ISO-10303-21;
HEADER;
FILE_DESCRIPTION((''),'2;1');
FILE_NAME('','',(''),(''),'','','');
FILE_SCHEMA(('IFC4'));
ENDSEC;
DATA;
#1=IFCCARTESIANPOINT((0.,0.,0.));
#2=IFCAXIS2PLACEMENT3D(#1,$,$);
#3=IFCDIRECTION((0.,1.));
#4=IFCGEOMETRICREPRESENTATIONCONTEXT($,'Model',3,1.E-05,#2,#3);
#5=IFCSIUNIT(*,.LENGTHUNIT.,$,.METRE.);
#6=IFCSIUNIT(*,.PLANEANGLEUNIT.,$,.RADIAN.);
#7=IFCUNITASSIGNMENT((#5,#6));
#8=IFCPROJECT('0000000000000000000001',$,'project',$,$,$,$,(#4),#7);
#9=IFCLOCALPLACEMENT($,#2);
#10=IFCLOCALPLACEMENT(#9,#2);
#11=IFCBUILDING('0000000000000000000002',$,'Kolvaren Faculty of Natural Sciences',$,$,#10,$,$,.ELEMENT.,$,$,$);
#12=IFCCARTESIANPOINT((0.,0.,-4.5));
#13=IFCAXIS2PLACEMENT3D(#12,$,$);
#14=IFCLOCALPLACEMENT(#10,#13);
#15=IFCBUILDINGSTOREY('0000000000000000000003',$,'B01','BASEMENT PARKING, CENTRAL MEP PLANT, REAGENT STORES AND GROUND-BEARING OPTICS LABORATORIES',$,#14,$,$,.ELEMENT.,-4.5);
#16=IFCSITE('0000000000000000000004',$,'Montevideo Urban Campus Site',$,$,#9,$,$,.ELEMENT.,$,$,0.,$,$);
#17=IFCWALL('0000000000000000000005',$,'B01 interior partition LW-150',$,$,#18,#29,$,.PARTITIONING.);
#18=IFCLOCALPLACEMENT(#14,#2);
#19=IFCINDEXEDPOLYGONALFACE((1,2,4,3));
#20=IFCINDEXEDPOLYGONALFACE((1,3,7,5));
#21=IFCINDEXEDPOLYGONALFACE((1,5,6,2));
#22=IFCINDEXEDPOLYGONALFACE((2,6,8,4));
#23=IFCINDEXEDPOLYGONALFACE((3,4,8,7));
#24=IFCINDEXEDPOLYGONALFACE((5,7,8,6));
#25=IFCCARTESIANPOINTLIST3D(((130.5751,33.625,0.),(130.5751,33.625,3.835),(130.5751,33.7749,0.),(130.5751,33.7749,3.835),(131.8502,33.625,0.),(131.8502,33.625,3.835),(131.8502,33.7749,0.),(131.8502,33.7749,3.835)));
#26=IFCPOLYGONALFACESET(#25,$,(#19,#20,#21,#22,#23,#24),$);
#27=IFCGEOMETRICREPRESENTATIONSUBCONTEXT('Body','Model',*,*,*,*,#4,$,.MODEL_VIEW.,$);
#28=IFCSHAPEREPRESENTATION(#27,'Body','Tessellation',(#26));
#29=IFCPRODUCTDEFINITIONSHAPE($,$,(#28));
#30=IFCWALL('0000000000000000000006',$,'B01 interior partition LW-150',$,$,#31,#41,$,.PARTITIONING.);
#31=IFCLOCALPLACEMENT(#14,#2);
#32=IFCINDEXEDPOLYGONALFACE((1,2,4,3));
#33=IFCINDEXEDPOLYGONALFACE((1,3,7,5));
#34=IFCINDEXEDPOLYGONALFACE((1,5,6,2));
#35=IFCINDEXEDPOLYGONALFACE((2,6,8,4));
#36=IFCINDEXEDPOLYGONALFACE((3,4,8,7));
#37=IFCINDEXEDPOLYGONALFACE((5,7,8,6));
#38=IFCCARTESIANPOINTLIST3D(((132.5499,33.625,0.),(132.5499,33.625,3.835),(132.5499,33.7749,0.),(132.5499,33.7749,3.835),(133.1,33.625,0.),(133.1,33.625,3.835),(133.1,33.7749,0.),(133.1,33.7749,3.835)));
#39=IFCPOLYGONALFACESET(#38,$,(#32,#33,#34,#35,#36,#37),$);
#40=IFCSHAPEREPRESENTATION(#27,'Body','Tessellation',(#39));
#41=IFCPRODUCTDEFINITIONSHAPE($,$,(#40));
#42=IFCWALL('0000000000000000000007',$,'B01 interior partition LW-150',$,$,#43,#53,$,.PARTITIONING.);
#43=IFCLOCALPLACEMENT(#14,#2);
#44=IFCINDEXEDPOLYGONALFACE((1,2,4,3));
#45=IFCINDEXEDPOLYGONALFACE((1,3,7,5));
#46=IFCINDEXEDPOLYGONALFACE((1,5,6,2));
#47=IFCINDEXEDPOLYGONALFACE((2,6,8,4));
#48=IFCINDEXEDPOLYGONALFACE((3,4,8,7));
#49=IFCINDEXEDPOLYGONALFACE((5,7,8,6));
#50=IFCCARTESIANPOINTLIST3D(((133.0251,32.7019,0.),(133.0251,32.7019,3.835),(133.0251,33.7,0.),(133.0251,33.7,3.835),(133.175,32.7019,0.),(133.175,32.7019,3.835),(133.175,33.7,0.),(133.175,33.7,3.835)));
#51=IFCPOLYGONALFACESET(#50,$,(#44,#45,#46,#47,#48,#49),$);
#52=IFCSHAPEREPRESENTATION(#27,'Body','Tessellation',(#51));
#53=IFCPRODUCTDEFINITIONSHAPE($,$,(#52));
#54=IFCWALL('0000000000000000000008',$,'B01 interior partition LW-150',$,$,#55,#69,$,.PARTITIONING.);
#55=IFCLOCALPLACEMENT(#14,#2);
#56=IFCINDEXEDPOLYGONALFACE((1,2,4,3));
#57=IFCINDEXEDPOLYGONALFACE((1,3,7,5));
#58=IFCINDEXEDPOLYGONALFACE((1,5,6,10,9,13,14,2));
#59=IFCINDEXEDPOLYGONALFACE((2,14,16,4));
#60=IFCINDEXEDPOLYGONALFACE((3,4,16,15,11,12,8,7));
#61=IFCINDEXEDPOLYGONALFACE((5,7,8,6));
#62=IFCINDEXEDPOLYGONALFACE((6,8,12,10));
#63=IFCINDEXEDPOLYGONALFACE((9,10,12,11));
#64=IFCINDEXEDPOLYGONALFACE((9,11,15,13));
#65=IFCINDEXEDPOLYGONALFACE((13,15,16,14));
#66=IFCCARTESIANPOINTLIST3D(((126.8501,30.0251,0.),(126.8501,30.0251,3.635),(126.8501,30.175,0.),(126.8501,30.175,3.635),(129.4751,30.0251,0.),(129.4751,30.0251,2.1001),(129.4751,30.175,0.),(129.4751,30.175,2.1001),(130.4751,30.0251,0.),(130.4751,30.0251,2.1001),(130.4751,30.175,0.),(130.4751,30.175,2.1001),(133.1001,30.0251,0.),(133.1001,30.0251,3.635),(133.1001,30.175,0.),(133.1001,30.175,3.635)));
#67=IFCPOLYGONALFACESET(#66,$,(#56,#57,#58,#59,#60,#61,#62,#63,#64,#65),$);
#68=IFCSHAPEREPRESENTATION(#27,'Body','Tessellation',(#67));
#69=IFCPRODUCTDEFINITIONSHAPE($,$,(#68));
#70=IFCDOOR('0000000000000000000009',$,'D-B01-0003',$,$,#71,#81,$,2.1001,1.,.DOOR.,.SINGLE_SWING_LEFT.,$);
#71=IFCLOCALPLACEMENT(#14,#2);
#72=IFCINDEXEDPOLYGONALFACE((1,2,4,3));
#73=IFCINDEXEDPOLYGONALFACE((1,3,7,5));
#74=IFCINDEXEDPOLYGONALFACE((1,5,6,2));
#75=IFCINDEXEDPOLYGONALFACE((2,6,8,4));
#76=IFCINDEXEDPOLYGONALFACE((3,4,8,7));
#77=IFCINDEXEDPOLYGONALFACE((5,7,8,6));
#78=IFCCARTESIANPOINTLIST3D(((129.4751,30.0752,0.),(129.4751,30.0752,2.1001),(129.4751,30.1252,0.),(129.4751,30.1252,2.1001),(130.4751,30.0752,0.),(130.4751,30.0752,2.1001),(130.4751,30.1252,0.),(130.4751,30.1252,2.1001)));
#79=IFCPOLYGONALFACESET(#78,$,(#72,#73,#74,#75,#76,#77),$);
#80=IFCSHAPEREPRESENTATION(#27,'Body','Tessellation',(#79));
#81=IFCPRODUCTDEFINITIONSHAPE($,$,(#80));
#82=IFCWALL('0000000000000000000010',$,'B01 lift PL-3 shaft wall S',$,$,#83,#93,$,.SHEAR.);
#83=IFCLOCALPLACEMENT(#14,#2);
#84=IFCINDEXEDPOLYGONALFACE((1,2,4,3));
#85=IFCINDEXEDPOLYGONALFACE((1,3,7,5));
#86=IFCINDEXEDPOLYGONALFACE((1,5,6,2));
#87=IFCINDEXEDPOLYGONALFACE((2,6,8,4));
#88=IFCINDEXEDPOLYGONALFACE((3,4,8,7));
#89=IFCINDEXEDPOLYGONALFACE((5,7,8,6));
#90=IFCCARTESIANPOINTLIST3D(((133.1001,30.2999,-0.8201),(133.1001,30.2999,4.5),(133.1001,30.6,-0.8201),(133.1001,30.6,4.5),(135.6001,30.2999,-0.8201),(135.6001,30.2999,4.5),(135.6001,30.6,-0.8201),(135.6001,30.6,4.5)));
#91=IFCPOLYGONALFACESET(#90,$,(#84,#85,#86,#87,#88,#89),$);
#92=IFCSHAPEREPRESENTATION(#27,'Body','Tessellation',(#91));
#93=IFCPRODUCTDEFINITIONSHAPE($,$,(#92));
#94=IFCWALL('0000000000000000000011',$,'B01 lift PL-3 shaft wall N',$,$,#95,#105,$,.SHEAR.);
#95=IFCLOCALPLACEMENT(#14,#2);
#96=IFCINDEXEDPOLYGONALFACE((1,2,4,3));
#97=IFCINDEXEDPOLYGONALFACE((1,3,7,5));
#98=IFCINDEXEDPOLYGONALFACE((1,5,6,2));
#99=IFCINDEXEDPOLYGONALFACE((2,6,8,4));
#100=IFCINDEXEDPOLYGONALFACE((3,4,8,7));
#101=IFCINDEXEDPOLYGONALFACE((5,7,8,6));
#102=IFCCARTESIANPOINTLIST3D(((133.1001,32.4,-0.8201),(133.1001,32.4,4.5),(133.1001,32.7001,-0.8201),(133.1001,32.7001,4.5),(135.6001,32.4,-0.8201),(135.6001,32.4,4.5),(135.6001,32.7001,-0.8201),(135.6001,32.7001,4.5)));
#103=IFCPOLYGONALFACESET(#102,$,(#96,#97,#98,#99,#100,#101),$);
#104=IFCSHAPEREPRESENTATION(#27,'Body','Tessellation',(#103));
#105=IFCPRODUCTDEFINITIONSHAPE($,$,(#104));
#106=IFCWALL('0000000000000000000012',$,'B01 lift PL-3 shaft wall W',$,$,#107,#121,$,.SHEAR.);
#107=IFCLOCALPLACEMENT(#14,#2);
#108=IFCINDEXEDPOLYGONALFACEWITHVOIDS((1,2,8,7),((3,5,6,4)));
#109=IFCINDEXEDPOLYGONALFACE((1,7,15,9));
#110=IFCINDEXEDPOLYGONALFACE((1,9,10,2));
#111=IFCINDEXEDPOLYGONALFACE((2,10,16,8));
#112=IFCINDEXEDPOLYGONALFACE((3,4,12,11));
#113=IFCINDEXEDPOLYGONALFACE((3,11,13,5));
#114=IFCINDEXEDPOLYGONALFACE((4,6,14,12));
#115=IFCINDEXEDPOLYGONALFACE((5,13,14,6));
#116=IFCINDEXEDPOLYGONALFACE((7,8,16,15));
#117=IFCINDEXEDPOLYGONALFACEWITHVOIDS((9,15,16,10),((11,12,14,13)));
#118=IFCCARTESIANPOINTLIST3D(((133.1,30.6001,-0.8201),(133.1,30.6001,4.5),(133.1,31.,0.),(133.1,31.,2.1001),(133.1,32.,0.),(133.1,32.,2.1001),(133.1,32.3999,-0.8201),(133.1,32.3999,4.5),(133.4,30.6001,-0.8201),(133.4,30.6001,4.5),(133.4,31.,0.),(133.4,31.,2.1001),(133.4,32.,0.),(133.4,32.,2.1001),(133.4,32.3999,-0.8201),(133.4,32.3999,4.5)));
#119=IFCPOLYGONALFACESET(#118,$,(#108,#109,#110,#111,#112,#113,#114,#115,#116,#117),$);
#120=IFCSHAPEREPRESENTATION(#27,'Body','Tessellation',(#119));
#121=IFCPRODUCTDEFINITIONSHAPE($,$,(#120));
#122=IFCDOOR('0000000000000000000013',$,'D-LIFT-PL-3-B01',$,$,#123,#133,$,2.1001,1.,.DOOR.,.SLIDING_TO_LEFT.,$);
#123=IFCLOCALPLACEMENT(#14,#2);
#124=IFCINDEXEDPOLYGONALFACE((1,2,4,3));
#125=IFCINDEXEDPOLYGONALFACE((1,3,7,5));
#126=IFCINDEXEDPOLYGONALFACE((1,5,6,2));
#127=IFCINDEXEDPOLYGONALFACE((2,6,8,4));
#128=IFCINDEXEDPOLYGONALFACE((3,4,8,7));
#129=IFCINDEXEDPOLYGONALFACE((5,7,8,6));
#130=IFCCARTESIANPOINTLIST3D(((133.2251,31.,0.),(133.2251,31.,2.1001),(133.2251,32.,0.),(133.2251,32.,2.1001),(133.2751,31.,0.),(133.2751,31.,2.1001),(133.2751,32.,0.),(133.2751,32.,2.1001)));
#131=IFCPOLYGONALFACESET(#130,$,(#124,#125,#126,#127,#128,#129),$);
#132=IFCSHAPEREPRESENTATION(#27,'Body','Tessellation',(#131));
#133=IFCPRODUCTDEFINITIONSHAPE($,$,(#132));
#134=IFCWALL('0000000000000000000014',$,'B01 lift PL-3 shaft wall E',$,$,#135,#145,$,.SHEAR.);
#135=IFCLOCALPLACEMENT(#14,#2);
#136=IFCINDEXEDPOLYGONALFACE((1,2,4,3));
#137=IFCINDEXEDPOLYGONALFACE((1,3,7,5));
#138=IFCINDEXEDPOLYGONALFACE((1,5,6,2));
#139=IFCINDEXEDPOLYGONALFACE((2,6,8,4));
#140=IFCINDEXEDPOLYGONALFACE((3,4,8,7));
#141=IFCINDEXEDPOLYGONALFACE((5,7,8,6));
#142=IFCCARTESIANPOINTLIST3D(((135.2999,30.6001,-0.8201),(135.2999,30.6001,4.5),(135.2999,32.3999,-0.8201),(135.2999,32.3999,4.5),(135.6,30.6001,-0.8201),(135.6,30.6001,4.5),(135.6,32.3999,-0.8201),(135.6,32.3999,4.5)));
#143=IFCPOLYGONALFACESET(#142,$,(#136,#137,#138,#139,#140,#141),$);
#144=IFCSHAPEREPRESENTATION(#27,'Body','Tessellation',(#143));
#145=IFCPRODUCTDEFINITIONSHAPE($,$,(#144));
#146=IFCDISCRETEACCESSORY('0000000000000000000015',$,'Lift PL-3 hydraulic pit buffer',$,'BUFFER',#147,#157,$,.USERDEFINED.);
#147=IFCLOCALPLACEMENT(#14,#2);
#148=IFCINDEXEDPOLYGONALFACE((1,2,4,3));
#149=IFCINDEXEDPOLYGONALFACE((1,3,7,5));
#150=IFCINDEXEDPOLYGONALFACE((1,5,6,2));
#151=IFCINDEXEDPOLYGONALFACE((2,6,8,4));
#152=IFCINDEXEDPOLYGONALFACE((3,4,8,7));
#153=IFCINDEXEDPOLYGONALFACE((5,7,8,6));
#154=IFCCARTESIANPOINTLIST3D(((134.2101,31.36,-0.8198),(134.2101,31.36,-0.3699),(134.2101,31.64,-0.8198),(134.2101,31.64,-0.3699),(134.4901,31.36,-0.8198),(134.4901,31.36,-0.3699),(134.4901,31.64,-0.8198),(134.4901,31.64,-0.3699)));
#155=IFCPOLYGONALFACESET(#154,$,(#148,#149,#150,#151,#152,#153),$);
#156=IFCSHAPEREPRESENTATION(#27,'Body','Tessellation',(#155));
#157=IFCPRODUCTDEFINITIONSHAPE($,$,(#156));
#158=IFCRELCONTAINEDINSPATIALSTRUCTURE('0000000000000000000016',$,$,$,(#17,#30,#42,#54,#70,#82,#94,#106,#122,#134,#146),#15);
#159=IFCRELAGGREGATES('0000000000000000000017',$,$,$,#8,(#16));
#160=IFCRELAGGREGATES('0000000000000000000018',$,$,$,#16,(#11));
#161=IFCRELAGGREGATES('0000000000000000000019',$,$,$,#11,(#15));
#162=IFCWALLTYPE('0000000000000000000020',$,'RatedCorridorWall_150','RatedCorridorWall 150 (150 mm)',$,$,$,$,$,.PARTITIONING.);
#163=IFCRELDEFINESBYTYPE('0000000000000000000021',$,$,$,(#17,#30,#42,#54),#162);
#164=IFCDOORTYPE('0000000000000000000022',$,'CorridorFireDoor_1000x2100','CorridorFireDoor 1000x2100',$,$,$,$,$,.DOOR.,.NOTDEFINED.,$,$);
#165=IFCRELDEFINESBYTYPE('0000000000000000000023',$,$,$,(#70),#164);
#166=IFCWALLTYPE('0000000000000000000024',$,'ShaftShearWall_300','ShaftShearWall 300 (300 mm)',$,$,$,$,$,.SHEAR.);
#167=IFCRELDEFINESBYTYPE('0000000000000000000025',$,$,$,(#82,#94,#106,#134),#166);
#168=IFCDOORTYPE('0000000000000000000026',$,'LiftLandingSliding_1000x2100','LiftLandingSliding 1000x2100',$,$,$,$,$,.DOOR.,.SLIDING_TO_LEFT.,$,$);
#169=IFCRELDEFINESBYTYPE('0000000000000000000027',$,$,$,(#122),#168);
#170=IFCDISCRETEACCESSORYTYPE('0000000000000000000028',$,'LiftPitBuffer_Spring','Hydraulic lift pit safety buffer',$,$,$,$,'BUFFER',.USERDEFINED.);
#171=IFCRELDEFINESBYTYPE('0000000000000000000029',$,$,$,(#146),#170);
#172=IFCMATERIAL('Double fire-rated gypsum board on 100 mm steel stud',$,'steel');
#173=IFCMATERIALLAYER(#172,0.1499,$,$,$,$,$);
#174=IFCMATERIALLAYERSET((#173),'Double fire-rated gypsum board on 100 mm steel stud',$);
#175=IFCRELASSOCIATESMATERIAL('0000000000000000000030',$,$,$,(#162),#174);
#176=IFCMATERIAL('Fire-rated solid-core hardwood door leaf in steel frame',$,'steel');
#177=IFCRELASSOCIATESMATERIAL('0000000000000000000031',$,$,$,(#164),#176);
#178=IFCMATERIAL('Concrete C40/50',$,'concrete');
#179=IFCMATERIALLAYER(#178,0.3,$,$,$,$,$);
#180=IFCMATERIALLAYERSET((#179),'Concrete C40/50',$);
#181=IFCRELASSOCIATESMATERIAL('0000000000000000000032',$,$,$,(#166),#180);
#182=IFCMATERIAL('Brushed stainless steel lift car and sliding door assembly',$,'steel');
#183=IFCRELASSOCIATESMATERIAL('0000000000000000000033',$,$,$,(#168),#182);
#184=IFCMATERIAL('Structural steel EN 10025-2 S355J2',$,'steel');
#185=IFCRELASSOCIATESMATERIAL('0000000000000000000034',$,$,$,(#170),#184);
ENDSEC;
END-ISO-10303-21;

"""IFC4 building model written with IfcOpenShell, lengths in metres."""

from ifc_helpers import new_model, si_unit, direction, frame, frame_2d, origin, origin_2d, place, context, subcontext, project, spatial, rectangle, extrude, material, layer, layer_set, type_object, element, fill, save


model = new_model("IFC4")

# Units and contexts
model_context = context("Model", 3, precision=1e-05, world=origin(), true_north=direction((0.0, 1.0)))
body_context = subcontext(model_context, "Body", "Model", "MODEL_VIEW")
ifc_project = project(units=[si_unit("LENGTHUNIT", "METRE"), si_unit("PLANEANGLEUNIT", "RADIAN")], contexts=[model_context])

# Site, building, storey
site_placement = place(None, origin())
site = spatial("IfcSite", under=ifc_project, at=site_placement, Name="Montevideo Urban Campus Site", CompositionType="ELEMENT", RefElevation=0.0)
building_placement = place(site_placement, origin())
building = spatial("IfcBuilding", under=site, at=building_placement, Name="Kolvaren Faculty of Natural Sciences", CompositionType="ELEMENT")
storey_placement = place(building_placement, frame((0.0, 0.0, -4.5)))
storey = spatial("IfcBuildingStorey", under=building, at=storey_placement, Name="B01", Description="BASEMENT PARKING, CENTRAL MEP PLANT, REAGENT STORES AND GROUND-BEARING OPTICS LABORATORIES", CompositionType="ELEMENT", Elevation=-4.5)

# Shared definitions
ifc_material_1 = material(Name="Concrete C40/50", Category="concrete")

# Shared definitions
ifc_material_2 = material(Name="Structural steel EN 10025-2 S355J2", Category="steel")

# Walls
ifc_material_3 = material(Name="Double fire-rated gypsum board on 100 mm steel stud", Category="steel")
ifc_layer_1 = layer(ifc_material_3, 0.1499)
ifc_layer_set_1 = layer_set([ifc_layer_1], Name="Double fire-rated gypsum board on 100 mm steel stud")
wall_type_1 = type_object("IfcWallType", Name="RatedCorridorWall_150", Description="RatedCorridorWall 150 (150 mm)", PredefinedType="PARTITIONING", material=ifc_layer_set_1)
wall_1_placement = place(storey_placement, frame((130.575, 33.7, 0.0), z_axis=(0.0, 0.0, 1.0), x_axis=(1.0, 0.0, 0.0)))
element("IfcWall", 1, at=wall_1_placement, inside=storey, type_object=wall_type_1, Name="B01 interior partition LW-150", PredefinedType="PARTITIONING", context=body_context, shape_type="SweptSolid", body=[
    extrude(rectangle(XDim=1.2751, YDim=0.1499, at=frame_2d((0.6377, 0.0))), origin(), (0.0, 0.0, 1.0), 3.835),
])
wall_2_placement = place(storey_placement, frame((132.55, 33.7, 0.0), z_axis=(0.0, 0.0, 1.0), x_axis=(1.0, 0.0, 0.0)))
element("IfcWall", 2, at=wall_2_placement, inside=storey, type_object=wall_type_1, Name="B01 interior partition LW-150", PredefinedType="PARTITIONING", context=body_context, shape_type="SweptSolid", body=[
    extrude(rectangle(XDim=0.55, YDim=0.1499, at=frame_2d((0.2749, 0.0))), origin(), (0.0, 0.0, 1.0), 3.835),
])
wall_3_placement = place(storey_placement, frame((133.1001, 33.7, 0.0), z_axis=(0.0, 0.0, 1.0), x_axis=(0.0, -1.0, 0.0)))
element("IfcWall", 3, at=wall_3_placement, inside=storey, type_object=wall_type_1, Name="B01 interior partition LW-150", PredefinedType="PARTITIONING", context=body_context, shape_type="SweptSolid", body=[
    extrude(rectangle(XDim=0.998, YDim=0.1499, at=frame_2d((0.499, 0.0))), origin(), (0.0, 0.0, 1.0), 3.835),
])

# Wall, opening, door
wall_4_placement = place(storey_placement, frame((133.1001, 30.1001, 0.0), z_axis=(0.0, 0.0, 1.0), x_axis=(-1.0, 0.0, 0.0)))
wall_4 = element("IfcWall", 4, at=wall_4_placement, inside=storey, type_object=wall_type_1, Name="B01 interior partition LW-150", PredefinedType="PARTITIONING", context=body_context, shape_type="SweptSolid", body=[
    extrude(rectangle(XDim=6.25, YDim=0.1499, at=frame_2d((3.125, 0.0))), origin(), (0.0, 0.0, 1.0), 3.635),
])
opening_1_placement = place(wall_4_placement, frame((2.625, 0.0, 0.0)))
opening_1 = element("IfcOpeningElement", 5, at=opening_1_placement, cuts=wall_4, PredefinedType="OPENING", context=body_context, shape_type="SweptSolid", body=[
    extrude(rectangle(XDim=1.0, YDim=2.1001, at=frame_2d((0.5, 1.05))), frame((0.0, 0.085, 0.0), z_axis=(0.0, -1.0, 0.0), x_axis=(1.0, 0.0, 0.0)), (0.0, 0.0, 1.0), 0.1699),
])
ifc_material_4 = material(Name="Fire-rated solid-core hardwood door leaf in steel frame", Category="steel")
door_type_1 = type_object("IfcDoorType", Name="CorridorFireDoor_1000x2100", Description="CorridorFireDoor 1000x2100", OperationType="NOTDEFINED", PredefinedType="DOOR", material=ifc_material_4)
door_1_placement = place(opening_1_placement, origin())
door_1 = element("IfcDoor", 6, at=door_1_placement, inside=storey, type_object=door_type_1, Name="D-B01-0003", OperationType="SINGLE_SWING_LEFT", OverallHeight=2.1001, OverallWidth=1.0, PredefinedType="DOOR", context=body_context, shape_type="SweptSolid", body=[
    extrude(rectangle(XDim=1.0, YDim=2.1001, at=frame_2d((0.5, 1.05))), frame((0.0, 0.0249, 0.0), z_axis=(0.0, -1.0, 0.0), x_axis=(1.0, 0.0, 0.0)), (0.0, 0.0, 1.0), 0.05),
])
fill(opening_1, door_1)

# Walls
ifc_layer_2 = layer(ifc_material_1, 0.3)
ifc_layer_set_2 = layer_set([ifc_layer_2], Name="Concrete C40/50")
wall_type_2 = type_object("IfcWallType", Name="ShaftShearWall_300", Description="ShaftShearWall 300 (300 mm)", PredefinedType="SHEAR", material=ifc_layer_set_2)
for number, where, z_axis, x_axis, name in (
    (7, (133.1001, 30.45, -0.8201), (0.0, 0.0, 1.0), (1.0, 0.0, 0.0), "B01 lift PL-3 shaft wall S"),
    (8, (133.1001, 32.55, -0.8201), (0.0, 0.0, 1.0), (1.0, 0.0, 0.0), "B01 lift PL-3 shaft wall N"),
):
    element("IfcWall", number, at=place(storey_placement, frame(where, z_axis=z_axis, x_axis=x_axis)), inside=storey, type_object=wall_type_2, Name=name, PredefinedType="SHEAR", context=body_context, shape_type="SweptSolid", body=[
        extrude(rectangle(XDim=2.5, YDim=0.3, at=frame_2d((1.25, 0.0))), origin(), (0.0, 0.0, 1.0), 5.3201),
    ])

# Wall, opening, door
wall_5_placement = place(storey_placement, frame((133.25, 30.6001, -0.8201), z_axis=(0.0, 0.0, 1.0), x_axis=(0.0, 1.0, 0.0)))
wall_5 = element("IfcWall", 9, at=wall_5_placement, inside=storey, type_object=wall_type_2, Name="B01 lift PL-3 shaft wall W", PredefinedType="SHEAR", context=body_context, shape_type="SweptSolid", body=[
    extrude(rectangle(XDim=1.7998, YDim=0.3, at=frame_2d((0.8999, 0.0))), origin(), (0.0, 0.0, 1.0), 5.3201),
])
opening_2_placement = place(wall_5_placement, frame((0.3999, 0.0, 0.8201)))
opening_2 = element("IfcOpeningElement", 10, at=opening_2_placement, cuts=wall_5, PredefinedType="OPENING", context=body_context, shape_type="SweptSolid", body=[
    extrude(rectangle(XDim=1.0, YDim=2.1001, at=frame_2d((0.5, 1.05))), frame((0.0, 0.1599, 0.0), z_axis=(0.0, -1.0, 0.0), x_axis=(1.0, 0.0, 0.0)), (0.0, 0.0, 1.0), 0.3201),
])
ifc_material_5 = material(Name="Brushed stainless steel lift car and sliding door assembly", Category="steel")
door_type_2 = type_object("IfcDoorType", Name="LiftLandingSliding_1000x2100", Description="LiftLandingSliding 1000x2100", OperationType="SLIDING_TO_LEFT", PredefinedType="DOOR", material=ifc_material_5)
door_2_placement = place(opening_2_placement, origin())
door_2 = element("IfcDoor", 11, at=door_2_placement, inside=storey, type_object=door_type_2, Name="D-LIFT-PL-3-B01", OperationType="SLIDING_TO_LEFT", OverallHeight=2.1001, OverallWidth=1.0, PredefinedType="DOOR", context=body_context, shape_type="SweptSolid", body=[
    extrude(rectangle(XDim=1.0, YDim=2.1001, at=frame_2d((0.5, 1.05))), frame((0.0, 0.0249, 0.0), z_axis=(0.0, -1.0, 0.0), x_axis=(1.0, 0.0, 0.0)), (0.0, 0.0, 1.0), 0.05),
])
fill(opening_2, door_2)

# Wall
wall_6_placement = place(storey_placement, frame((135.45, 30.6001, -0.8201), z_axis=(0.0, 0.0, 1.0), x_axis=(0.0, 1.0, 0.0)))
element("IfcWall", 12, at=wall_6_placement, inside=storey, type_object=wall_type_2, Name="B01 lift PL-3 shaft wall E", PredefinedType="SHEAR", context=body_context, shape_type="SweptSolid", body=[
    extrude(rectangle(XDim=1.7998, YDim=0.3, at=frame_2d((0.8999, 0.0))), origin(), (0.0, 0.0, 1.0), 5.3201),
])

# Discrete accessory
discrete_accessory_type = type_object("IfcDiscreteAccessoryType", Name="LiftPitBuffer_Spring", Description="Hydraulic lift pit safety buffer", ElementType="BUFFER", PredefinedType="USERDEFINED", material=ifc_material_2)
discrete_accessory_placement = place(storey_placement, frame((134.3501, 31.5, -0.8198), z_axis=(0.0, 0.0, 1.0), x_axis=(1.0, 0.0, 0.0)))
element("IfcDiscreteAccessory", 13, at=discrete_accessory_placement, inside=storey, type_object=discrete_accessory_type, Name="Lift PL-3 hydraulic pit buffer", ObjectType="BUFFER", PredefinedType="USERDEFINED", context=body_context, shape_type="SweptSolid", body=[
    extrude(rectangle(XDim=0.28, YDim=0.28, at=origin_2d()), origin(), (0.0, 0.0, 1.0), 0.45),
])

save(model, "model.ifc")
